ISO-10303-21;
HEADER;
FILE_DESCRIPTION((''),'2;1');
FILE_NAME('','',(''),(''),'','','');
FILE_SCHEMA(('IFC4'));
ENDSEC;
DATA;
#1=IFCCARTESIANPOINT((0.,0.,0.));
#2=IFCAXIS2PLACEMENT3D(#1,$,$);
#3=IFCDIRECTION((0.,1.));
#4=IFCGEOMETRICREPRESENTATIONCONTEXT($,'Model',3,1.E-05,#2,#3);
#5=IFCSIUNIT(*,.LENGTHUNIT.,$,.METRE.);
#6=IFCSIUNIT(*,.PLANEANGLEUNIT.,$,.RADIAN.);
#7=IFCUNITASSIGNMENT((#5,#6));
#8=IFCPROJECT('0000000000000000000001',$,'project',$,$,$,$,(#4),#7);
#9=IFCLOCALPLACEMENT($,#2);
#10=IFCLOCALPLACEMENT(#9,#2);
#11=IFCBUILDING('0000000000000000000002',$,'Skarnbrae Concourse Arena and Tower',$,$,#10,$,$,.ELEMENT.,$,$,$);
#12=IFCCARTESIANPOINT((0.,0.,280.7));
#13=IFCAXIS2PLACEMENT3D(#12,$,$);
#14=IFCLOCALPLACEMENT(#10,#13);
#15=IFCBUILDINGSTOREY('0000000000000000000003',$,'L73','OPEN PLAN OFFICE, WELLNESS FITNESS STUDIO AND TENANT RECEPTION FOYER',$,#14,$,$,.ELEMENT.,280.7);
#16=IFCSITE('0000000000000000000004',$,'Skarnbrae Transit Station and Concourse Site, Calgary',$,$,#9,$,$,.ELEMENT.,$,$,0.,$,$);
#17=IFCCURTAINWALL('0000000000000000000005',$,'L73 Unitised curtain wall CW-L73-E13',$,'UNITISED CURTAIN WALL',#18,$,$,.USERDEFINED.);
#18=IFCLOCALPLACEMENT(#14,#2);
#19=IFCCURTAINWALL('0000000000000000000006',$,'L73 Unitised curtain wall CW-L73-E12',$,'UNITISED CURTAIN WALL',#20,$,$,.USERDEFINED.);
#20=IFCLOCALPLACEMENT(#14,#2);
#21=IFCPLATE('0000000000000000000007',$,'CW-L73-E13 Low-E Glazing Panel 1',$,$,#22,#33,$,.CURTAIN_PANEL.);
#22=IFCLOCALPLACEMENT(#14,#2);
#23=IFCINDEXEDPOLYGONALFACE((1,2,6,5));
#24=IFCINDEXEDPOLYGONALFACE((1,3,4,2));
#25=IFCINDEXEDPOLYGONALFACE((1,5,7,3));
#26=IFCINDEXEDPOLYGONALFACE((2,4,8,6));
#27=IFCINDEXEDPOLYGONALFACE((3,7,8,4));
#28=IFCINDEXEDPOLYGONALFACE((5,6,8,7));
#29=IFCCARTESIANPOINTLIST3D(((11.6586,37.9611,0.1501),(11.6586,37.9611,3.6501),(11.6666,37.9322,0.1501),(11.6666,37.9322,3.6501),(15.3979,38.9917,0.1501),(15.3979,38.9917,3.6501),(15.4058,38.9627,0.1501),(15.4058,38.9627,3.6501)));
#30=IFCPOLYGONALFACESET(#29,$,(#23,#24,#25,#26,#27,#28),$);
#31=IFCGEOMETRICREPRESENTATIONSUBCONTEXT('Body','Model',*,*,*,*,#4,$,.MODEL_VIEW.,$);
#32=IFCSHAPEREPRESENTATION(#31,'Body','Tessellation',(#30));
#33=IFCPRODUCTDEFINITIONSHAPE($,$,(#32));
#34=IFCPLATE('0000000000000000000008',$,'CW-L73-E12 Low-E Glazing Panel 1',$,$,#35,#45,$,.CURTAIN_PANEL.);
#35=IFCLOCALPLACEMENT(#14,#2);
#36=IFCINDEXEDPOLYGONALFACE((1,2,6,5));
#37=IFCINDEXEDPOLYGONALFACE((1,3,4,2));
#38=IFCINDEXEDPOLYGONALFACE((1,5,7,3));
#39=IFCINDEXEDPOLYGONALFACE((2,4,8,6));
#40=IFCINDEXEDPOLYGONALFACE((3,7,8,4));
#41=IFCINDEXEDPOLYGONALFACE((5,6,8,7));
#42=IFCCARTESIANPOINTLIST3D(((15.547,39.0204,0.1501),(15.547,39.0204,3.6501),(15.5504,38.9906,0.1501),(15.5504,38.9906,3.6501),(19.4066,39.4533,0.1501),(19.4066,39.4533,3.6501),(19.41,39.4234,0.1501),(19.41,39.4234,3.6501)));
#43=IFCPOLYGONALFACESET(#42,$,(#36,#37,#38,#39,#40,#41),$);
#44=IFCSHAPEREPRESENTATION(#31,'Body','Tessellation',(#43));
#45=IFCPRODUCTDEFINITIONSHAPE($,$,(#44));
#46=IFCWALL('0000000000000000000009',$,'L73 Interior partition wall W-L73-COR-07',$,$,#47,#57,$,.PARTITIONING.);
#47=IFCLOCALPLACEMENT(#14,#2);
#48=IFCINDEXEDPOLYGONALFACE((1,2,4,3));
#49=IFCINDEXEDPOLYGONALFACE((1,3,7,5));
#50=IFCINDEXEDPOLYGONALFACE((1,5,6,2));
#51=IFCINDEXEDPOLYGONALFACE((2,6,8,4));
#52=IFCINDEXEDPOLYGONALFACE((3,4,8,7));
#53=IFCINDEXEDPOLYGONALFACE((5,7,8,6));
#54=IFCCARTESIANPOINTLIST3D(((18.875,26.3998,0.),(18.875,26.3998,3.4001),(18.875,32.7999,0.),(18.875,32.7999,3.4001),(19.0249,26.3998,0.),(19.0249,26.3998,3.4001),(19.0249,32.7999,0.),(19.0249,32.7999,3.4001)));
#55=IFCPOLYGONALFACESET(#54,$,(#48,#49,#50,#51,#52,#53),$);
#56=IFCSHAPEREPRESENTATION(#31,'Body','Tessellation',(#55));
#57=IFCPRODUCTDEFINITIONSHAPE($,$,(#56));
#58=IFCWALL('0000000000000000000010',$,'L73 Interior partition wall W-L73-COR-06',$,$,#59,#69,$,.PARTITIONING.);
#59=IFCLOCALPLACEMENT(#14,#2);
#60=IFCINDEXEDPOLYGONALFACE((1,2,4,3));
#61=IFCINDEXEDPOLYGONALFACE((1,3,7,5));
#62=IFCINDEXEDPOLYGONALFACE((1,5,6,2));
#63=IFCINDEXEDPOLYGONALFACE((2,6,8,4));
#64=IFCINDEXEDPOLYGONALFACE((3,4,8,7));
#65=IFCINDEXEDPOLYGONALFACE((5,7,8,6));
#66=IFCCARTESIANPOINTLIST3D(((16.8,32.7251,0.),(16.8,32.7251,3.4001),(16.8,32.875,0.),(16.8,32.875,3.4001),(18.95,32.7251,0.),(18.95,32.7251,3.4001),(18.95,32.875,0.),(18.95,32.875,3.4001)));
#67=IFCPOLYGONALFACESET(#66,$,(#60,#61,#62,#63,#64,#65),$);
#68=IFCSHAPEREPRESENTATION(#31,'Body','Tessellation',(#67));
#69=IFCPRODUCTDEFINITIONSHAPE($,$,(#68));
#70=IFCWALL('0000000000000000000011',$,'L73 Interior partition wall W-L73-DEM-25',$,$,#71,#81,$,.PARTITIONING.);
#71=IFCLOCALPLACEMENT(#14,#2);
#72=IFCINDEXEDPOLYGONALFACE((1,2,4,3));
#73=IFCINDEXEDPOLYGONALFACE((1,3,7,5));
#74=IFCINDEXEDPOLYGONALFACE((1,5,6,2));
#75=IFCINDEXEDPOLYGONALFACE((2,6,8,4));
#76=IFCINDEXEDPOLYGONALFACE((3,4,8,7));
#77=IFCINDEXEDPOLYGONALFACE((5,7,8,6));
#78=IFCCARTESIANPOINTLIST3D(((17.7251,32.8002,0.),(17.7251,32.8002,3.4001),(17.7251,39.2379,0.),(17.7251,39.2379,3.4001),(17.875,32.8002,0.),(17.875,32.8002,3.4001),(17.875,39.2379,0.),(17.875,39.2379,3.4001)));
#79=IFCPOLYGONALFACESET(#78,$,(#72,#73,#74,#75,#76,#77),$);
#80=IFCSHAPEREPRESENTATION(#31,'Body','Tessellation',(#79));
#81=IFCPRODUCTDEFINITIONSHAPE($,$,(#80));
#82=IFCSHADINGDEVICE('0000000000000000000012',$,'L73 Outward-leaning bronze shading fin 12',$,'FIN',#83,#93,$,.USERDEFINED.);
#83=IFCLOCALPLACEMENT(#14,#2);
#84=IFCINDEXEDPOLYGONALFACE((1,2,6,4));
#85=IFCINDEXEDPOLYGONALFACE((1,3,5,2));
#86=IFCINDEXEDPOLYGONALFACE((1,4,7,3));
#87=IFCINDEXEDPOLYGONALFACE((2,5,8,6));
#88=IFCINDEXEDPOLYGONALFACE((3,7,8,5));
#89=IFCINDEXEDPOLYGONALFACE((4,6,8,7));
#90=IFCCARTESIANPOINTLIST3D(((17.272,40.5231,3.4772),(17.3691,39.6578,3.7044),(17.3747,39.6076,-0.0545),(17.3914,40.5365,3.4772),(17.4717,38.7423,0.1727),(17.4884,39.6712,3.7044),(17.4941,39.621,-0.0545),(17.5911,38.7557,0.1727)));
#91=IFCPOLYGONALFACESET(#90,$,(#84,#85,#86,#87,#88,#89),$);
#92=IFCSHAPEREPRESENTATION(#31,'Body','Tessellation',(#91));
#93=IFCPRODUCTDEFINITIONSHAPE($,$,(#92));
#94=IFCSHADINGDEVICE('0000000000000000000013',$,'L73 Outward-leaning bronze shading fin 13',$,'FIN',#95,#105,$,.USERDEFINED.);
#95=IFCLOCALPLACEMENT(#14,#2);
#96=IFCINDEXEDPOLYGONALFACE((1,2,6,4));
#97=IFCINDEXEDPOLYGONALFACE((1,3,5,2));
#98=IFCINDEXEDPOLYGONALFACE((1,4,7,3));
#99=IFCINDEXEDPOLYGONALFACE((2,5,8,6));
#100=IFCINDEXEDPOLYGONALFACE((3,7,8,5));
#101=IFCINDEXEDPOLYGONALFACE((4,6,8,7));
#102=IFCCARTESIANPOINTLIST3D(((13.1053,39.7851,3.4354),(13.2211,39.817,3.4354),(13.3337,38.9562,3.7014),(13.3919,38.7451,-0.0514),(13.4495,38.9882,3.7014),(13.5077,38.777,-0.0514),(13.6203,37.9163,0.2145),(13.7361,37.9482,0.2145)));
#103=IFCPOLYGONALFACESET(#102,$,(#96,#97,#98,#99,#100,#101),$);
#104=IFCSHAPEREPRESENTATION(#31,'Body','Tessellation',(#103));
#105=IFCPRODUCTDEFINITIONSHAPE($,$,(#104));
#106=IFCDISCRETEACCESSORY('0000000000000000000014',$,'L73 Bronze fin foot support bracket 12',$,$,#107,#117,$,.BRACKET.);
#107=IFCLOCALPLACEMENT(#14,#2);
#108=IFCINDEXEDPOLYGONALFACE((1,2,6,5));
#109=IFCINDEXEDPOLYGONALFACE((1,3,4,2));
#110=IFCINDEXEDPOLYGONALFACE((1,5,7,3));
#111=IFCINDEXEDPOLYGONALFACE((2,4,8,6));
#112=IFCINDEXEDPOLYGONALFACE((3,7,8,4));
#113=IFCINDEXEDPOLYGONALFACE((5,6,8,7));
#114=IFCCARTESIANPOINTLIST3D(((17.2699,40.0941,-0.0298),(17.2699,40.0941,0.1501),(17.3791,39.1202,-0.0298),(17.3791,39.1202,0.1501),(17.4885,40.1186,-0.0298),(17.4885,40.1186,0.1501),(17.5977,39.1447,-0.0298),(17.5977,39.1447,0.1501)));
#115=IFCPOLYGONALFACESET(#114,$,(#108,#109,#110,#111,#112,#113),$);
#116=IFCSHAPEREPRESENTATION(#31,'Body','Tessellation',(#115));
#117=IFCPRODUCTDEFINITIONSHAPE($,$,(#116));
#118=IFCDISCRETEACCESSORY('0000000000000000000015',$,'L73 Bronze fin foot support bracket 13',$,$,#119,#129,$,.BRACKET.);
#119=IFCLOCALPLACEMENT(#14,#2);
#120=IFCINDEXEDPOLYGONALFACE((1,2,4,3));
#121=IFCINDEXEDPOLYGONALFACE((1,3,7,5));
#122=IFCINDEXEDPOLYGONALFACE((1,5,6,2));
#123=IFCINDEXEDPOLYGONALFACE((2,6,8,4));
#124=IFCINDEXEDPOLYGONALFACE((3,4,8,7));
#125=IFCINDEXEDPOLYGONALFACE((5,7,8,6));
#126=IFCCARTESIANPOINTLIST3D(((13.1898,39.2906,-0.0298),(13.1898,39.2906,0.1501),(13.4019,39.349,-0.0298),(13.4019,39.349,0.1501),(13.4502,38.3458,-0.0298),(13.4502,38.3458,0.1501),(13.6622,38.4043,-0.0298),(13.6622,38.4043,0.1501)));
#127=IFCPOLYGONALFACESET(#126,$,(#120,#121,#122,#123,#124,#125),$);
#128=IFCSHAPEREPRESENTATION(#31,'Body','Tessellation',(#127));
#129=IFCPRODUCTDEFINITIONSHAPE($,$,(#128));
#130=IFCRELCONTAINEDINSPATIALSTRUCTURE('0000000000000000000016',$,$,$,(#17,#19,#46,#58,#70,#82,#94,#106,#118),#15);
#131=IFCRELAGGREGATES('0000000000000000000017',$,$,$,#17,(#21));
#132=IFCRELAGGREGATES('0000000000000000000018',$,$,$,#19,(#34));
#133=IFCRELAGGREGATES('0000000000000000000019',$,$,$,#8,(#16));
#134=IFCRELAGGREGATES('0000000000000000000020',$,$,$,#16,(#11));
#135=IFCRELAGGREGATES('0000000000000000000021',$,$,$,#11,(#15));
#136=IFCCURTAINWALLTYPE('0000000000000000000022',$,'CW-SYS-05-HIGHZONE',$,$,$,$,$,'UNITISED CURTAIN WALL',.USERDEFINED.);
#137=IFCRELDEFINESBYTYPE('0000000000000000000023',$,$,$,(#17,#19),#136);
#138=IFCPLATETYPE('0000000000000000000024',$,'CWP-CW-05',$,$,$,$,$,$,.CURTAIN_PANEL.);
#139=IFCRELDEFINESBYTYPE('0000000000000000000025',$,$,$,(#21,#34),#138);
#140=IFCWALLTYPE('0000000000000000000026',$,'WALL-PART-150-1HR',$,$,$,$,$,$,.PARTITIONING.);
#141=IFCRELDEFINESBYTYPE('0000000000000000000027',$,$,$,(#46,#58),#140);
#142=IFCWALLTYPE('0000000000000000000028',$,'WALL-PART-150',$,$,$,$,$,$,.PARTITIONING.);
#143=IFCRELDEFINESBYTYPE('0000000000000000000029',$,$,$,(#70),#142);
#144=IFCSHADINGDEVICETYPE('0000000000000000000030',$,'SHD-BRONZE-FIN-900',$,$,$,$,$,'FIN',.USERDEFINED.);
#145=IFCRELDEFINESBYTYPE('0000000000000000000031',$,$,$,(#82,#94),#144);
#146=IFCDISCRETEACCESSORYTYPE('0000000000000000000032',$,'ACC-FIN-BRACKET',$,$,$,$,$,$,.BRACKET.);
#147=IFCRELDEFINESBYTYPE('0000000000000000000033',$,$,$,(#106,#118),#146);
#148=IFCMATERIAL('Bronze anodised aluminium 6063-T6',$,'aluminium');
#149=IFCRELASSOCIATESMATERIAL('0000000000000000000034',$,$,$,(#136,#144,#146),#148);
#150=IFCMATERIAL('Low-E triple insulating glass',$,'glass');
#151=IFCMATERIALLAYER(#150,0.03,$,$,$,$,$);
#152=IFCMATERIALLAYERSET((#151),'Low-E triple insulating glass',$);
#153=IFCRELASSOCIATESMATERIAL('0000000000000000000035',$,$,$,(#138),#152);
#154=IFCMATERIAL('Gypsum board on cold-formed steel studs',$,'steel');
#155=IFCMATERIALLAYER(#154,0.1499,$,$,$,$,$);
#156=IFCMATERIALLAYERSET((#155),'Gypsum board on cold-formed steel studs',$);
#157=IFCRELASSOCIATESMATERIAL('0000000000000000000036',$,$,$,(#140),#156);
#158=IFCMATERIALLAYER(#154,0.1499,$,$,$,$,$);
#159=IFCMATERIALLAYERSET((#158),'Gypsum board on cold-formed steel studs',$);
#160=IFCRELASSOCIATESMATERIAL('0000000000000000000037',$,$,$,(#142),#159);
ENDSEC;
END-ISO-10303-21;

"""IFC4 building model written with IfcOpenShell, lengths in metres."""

from ifc_helpers import new_model, si_unit, direction, frame, frame_2d, origin, origin_2d, place, context, subcontext, project, spatial, rectangle, extrude, source, transform, mapped, material, layer, layer_set, type_object, element, aggregate, save


model = new_model("IFC4")

# Units and contexts
model_context = context("Model", 3, precision=1e-05, world=origin(), true_north=direction((0.0, 1.0)))
body_context = subcontext(model_context, "Body", "Model", "MODEL_VIEW")
ifc_project = project(units=[si_unit("LENGTHUNIT", "METRE"), si_unit("PLANEANGLEUNIT", "RADIAN")], contexts=[model_context])

# Site, building, storey
site_placement = place(None, origin())
site = spatial("IfcSite", under=ifc_project, at=site_placement, Name="Skarnbrae Transit Station and Concourse Site, Calgary", CompositionType="ELEMENT", RefElevation=0.0)
building_placement = place(site_placement, origin())
building = spatial("IfcBuilding", under=site, at=building_placement, Name="Skarnbrae Concourse Arena and Tower", CompositionType="ELEMENT")
storey_placement = place(building_placement, frame((0.0, 0.0, 280.7)))
storey = spatial("IfcBuildingStorey", under=building, at=storey_placement, Name="L73", Description="OPEN PLAN OFFICE, WELLNESS FITNESS STUDIO AND TENANT RECEPTION FOYER", CompositionType="ELEMENT", Elevation=280.7)

# Curtain walls
ifc_material_1 = material(Name="Bronze anodised aluminium 6063-T6", Category="aluminium")
curtain_wall_type = type_object("IfcCurtainWallType", Name="CW-SYS-05-HIGHZONE", ElementType="UNITISED CURTAIN WALL", PredefinedType="USERDEFINED", material=ifc_material_1)
curtain_wall_1_placement = place(storey_placement, origin())
curtain_wall_1 = element("IfcCurtainWall", 1, at=curtain_wall_1_placement, inside=storey, type_object=curtain_wall_type, Name="L73 Unitised curtain wall CW-L73-E13", ObjectType="UNITISED CURTAIN WALL", PredefinedType="USERDEFINED")
curtain_wall_2_placement = place(storey_placement, origin())
curtain_wall_2 = element("IfcCurtainWall", 2, at=curtain_wall_2_placement, inside=storey, type_object=curtain_wall_type, Name="L73 Unitised curtain wall CW-L73-E12", ObjectType="UNITISED CURTAIN WALL", PredefinedType="USERDEFINED")

# Plates
ifc_material_2 = material(Name="Low-E triple insulating glass", Category="glass")
ifc_layer_1 = layer(ifc_material_2, 0.03)
ifc_layer_set_1 = layer_set([ifc_layer_1], Name="Low-E triple insulating glass")
plate_type = type_object("IfcPlateType", Name="CWP-CW-05", PredefinedType="CURTAIN_PANEL", material=ifc_layer_set_1)
shared_shape_1 = source(origin(), body_context, "Body", "SweptSolid", [
    extrude(rectangle(XDim=3.8787, YDim=0.03, at=origin_2d()), origin(), (0.0, 0.0, 1.0), 3.5),
])
plate_1_placement = place(storey_placement, frame((13.5322, 38.4619, 0.1501), z_axis=(0.0, 0.0, 1.0), x_axis=(-0.964057, -0.265694, 0.0)))
plate_1 = element("IfcPlate", 3, at=plate_1_placement, type_object=plate_type, Name="CW-L73-E13 Low-E Glazing Panel 1", PredefinedType="CURTAIN_PANEL", context=body_context, shape_type="MappedRepresentation", body=[
    mapped(shared_shape_1, transform((0.0, 0.0, 0.0))),
])
aggregate(curtain_wall_1, [plate_1])
shared_shape_2 = source(origin(), body_context, "Body", "SweptSolid", [
    extrude(rectangle(XDim=3.8838, YDim=0.03, at=origin_2d()), origin(), (0.0, 0.0, 1.0), 3.5),
])
plate_2_placement = place(storey_placement, frame((17.4785, 39.2219, 0.1501), z_axis=(0.0, 0.0, 1.0), x_axis=(-0.993769, -0.11146, 0.0)))
plate_2 = element("IfcPlate", 4, at=plate_2_placement, type_object=plate_type, Name="CW-L73-E12 Low-E Glazing Panel 1", PredefinedType="CURTAIN_PANEL", context=body_context, shape_type="MappedRepresentation", body=[
    mapped(shared_shape_2, transform((0.0, 0.0, 0.0))),
])
aggregate(curtain_wall_2, [plate_2])

# Walls
ifc_material_3 = material(Name="Gypsum board on cold-formed steel studs", Category="steel")
ifc_layer_2 = layer(ifc_material_3, 0.1499)
ifc_layer_set_2 = layer_set([ifc_layer_2], Name="Gypsum board on cold-formed steel studs")
wall_type_1 = type_object("IfcWallType", Name="WALL-PART-150-1HR", PredefinedType="PARTITIONING", material=ifc_layer_set_2)
shared_shape_3 = source(origin(), body_context, "Body", "SweptSolid", [
    extrude(rectangle(XDim=6.4001, YDim=0.1499, at=frame_2d((3.2002, 0.0))), origin(), (0.0, 0.0, 1.0), 3.4001),
])
wall_1_placement = place(storey_placement, frame((18.95, 32.8, 0.0), z_axis=(0.0, 0.0, 1.0), x_axis=(0.0, -1.0, 0.0)))
element("IfcWall", 5, at=wall_1_placement, inside=storey, type_object=wall_type_1, Name="L73 Interior partition wall W-L73-COR-07", PredefinedType="PARTITIONING", context=body_context, shape_type="MappedRepresentation", body=[
    mapped(shared_shape_3, transform((0.0, 0.0, 0.0))),
])
shared_shape_4 = source(origin(), body_context, "Body", "SweptSolid", [
    extrude(rectangle(XDim=2.1499, YDim=0.1499, at=frame_2d((1.075, 0.0))), origin(), (0.0, 0.0, 1.0), 3.4001),
])
wall_2_placement = place(storey_placement, frame((16.8, 32.8, 0.0), z_axis=(0.0, 0.0, 1.0), x_axis=(1.0, 0.0, 0.0)))
element("IfcWall", 6, at=wall_2_placement, inside=storey, type_object=wall_type_1, Name="L73 Interior partition wall W-L73-COR-06", PredefinedType="PARTITIONING", context=body_context, shape_type="MappedRepresentation", body=[
    mapped(shared_shape_4, transform((0.0, 0.0, 0.0))),
])
ifc_layer_3 = layer(ifc_material_3, 0.1499)
ifc_layer_set_3 = layer_set([ifc_layer_3], Name="Gypsum board on cold-formed steel studs")
wall_type_2 = type_object("IfcWallType", Name="WALL-PART-150", PredefinedType="PARTITIONING", material=ifc_layer_set_3)
shared_shape_5 = source(origin(), body_context, "Body", "SweptSolid", [
    extrude(rectangle(XDim=6.4377, YDim=0.1499, at=frame_2d((3.2188, 0.0))), origin(), (0.0, 0.0, 1.0), 3.4001),
])
wall_3_placement = place(storey_placement, frame((17.8, 39.2378, 0.0), z_axis=(0.0, 0.0, 1.0), x_axis=(0.0, -1.0, 0.0)))
element("IfcWall", 7, at=wall_3_placement, inside=storey, type_object=wall_type_2, Name="L73 Interior partition wall W-L73-DEM-25", PredefinedType="PARTITIONING", context=body_context, shape_type="MappedRepresentation", body=[
    mapped(shared_shape_5, transform((0.0, 0.0, 0.0))),
])

# Shading devices
shading_device_type = type_object("IfcShadingDeviceType", Name="SHD-BRONZE-FIN-900", ElementType="FIN", PredefinedType="USERDEFINED", material=ifc_material_1)
shared_shape_6 = source(origin(), body_context, "Body", "SweptSolid", [
    extrude(rectangle(XDim=0.1201, YDim=0.8999, at=origin_2d()), origin(), (0.0, 0.0, 1.0), 3.6499),
])
for number, where, z_axis, x_axis, name in (
    (8, (17.4829, 39.1816, 0.0591), (-0.028131, 0.250835, 0.967621), (0.99377, 0.111452, 0.0), "L73 Outward-leaning bronze shading fin 12"),
    (9, (13.564, 38.3467, 0.0815), (-0.078523, 0.284919, 0.95533), (0.964058, 0.265691, 0.0), "L73 Outward-leaning bronze shading fin 13"),
):
    element("IfcShadingDevice", number, at=place(storey_placement, frame(where, z_axis=z_axis, x_axis=x_axis)), inside=storey, type_object=shading_device_type, Name=name, ObjectType="FIN", PredefinedType="USERDEFINED", context=body_context, shape_type="MappedRepresentation", body=[
        mapped(shared_shape_6, transform((0.0, 0.0, 0.0))),
    ])

# Discrete accessories
discrete_accessory_type = type_object("IfcDiscreteAccessoryType", Name="ACC-FIN-BRACKET", PredefinedType="BRACKET", material=ifc_material_1)
shared_shape_7 = source(origin(), body_context, "Body", "SweptSolid", [
    extrude(rectangle(XDim=0.22, YDim=0.98, at=origin_2d()), origin(), (0.0, 0.0, 1.0), 0.1799),
])
for number, where, z_axis, x_axis, name in (
    (10, (17.4338, 39.6194, -0.0298), (0.0, 0.0, 1.0), (0.99377, 0.111452, 0.0), "L73 Bronze fin foot support bracket 12"),
    (11, (13.426, 38.8474, -0.0298), (0.0, 0.0, 1.0), (0.964058, 0.265691, 0.0), "L73 Bronze fin foot support bracket 13"),
):
    element("IfcDiscreteAccessory", number, at=place(storey_placement, frame(where, z_axis=z_axis, x_axis=x_axis)), inside=storey, type_object=discrete_accessory_type, Name=name, PredefinedType="BRACKET", context=body_context, shape_type="MappedRepresentation", body=[
        mapped(shared_shape_7, transform((0.0, 0.0, 0.0))),
    ])

save(model, "model.ifc")
